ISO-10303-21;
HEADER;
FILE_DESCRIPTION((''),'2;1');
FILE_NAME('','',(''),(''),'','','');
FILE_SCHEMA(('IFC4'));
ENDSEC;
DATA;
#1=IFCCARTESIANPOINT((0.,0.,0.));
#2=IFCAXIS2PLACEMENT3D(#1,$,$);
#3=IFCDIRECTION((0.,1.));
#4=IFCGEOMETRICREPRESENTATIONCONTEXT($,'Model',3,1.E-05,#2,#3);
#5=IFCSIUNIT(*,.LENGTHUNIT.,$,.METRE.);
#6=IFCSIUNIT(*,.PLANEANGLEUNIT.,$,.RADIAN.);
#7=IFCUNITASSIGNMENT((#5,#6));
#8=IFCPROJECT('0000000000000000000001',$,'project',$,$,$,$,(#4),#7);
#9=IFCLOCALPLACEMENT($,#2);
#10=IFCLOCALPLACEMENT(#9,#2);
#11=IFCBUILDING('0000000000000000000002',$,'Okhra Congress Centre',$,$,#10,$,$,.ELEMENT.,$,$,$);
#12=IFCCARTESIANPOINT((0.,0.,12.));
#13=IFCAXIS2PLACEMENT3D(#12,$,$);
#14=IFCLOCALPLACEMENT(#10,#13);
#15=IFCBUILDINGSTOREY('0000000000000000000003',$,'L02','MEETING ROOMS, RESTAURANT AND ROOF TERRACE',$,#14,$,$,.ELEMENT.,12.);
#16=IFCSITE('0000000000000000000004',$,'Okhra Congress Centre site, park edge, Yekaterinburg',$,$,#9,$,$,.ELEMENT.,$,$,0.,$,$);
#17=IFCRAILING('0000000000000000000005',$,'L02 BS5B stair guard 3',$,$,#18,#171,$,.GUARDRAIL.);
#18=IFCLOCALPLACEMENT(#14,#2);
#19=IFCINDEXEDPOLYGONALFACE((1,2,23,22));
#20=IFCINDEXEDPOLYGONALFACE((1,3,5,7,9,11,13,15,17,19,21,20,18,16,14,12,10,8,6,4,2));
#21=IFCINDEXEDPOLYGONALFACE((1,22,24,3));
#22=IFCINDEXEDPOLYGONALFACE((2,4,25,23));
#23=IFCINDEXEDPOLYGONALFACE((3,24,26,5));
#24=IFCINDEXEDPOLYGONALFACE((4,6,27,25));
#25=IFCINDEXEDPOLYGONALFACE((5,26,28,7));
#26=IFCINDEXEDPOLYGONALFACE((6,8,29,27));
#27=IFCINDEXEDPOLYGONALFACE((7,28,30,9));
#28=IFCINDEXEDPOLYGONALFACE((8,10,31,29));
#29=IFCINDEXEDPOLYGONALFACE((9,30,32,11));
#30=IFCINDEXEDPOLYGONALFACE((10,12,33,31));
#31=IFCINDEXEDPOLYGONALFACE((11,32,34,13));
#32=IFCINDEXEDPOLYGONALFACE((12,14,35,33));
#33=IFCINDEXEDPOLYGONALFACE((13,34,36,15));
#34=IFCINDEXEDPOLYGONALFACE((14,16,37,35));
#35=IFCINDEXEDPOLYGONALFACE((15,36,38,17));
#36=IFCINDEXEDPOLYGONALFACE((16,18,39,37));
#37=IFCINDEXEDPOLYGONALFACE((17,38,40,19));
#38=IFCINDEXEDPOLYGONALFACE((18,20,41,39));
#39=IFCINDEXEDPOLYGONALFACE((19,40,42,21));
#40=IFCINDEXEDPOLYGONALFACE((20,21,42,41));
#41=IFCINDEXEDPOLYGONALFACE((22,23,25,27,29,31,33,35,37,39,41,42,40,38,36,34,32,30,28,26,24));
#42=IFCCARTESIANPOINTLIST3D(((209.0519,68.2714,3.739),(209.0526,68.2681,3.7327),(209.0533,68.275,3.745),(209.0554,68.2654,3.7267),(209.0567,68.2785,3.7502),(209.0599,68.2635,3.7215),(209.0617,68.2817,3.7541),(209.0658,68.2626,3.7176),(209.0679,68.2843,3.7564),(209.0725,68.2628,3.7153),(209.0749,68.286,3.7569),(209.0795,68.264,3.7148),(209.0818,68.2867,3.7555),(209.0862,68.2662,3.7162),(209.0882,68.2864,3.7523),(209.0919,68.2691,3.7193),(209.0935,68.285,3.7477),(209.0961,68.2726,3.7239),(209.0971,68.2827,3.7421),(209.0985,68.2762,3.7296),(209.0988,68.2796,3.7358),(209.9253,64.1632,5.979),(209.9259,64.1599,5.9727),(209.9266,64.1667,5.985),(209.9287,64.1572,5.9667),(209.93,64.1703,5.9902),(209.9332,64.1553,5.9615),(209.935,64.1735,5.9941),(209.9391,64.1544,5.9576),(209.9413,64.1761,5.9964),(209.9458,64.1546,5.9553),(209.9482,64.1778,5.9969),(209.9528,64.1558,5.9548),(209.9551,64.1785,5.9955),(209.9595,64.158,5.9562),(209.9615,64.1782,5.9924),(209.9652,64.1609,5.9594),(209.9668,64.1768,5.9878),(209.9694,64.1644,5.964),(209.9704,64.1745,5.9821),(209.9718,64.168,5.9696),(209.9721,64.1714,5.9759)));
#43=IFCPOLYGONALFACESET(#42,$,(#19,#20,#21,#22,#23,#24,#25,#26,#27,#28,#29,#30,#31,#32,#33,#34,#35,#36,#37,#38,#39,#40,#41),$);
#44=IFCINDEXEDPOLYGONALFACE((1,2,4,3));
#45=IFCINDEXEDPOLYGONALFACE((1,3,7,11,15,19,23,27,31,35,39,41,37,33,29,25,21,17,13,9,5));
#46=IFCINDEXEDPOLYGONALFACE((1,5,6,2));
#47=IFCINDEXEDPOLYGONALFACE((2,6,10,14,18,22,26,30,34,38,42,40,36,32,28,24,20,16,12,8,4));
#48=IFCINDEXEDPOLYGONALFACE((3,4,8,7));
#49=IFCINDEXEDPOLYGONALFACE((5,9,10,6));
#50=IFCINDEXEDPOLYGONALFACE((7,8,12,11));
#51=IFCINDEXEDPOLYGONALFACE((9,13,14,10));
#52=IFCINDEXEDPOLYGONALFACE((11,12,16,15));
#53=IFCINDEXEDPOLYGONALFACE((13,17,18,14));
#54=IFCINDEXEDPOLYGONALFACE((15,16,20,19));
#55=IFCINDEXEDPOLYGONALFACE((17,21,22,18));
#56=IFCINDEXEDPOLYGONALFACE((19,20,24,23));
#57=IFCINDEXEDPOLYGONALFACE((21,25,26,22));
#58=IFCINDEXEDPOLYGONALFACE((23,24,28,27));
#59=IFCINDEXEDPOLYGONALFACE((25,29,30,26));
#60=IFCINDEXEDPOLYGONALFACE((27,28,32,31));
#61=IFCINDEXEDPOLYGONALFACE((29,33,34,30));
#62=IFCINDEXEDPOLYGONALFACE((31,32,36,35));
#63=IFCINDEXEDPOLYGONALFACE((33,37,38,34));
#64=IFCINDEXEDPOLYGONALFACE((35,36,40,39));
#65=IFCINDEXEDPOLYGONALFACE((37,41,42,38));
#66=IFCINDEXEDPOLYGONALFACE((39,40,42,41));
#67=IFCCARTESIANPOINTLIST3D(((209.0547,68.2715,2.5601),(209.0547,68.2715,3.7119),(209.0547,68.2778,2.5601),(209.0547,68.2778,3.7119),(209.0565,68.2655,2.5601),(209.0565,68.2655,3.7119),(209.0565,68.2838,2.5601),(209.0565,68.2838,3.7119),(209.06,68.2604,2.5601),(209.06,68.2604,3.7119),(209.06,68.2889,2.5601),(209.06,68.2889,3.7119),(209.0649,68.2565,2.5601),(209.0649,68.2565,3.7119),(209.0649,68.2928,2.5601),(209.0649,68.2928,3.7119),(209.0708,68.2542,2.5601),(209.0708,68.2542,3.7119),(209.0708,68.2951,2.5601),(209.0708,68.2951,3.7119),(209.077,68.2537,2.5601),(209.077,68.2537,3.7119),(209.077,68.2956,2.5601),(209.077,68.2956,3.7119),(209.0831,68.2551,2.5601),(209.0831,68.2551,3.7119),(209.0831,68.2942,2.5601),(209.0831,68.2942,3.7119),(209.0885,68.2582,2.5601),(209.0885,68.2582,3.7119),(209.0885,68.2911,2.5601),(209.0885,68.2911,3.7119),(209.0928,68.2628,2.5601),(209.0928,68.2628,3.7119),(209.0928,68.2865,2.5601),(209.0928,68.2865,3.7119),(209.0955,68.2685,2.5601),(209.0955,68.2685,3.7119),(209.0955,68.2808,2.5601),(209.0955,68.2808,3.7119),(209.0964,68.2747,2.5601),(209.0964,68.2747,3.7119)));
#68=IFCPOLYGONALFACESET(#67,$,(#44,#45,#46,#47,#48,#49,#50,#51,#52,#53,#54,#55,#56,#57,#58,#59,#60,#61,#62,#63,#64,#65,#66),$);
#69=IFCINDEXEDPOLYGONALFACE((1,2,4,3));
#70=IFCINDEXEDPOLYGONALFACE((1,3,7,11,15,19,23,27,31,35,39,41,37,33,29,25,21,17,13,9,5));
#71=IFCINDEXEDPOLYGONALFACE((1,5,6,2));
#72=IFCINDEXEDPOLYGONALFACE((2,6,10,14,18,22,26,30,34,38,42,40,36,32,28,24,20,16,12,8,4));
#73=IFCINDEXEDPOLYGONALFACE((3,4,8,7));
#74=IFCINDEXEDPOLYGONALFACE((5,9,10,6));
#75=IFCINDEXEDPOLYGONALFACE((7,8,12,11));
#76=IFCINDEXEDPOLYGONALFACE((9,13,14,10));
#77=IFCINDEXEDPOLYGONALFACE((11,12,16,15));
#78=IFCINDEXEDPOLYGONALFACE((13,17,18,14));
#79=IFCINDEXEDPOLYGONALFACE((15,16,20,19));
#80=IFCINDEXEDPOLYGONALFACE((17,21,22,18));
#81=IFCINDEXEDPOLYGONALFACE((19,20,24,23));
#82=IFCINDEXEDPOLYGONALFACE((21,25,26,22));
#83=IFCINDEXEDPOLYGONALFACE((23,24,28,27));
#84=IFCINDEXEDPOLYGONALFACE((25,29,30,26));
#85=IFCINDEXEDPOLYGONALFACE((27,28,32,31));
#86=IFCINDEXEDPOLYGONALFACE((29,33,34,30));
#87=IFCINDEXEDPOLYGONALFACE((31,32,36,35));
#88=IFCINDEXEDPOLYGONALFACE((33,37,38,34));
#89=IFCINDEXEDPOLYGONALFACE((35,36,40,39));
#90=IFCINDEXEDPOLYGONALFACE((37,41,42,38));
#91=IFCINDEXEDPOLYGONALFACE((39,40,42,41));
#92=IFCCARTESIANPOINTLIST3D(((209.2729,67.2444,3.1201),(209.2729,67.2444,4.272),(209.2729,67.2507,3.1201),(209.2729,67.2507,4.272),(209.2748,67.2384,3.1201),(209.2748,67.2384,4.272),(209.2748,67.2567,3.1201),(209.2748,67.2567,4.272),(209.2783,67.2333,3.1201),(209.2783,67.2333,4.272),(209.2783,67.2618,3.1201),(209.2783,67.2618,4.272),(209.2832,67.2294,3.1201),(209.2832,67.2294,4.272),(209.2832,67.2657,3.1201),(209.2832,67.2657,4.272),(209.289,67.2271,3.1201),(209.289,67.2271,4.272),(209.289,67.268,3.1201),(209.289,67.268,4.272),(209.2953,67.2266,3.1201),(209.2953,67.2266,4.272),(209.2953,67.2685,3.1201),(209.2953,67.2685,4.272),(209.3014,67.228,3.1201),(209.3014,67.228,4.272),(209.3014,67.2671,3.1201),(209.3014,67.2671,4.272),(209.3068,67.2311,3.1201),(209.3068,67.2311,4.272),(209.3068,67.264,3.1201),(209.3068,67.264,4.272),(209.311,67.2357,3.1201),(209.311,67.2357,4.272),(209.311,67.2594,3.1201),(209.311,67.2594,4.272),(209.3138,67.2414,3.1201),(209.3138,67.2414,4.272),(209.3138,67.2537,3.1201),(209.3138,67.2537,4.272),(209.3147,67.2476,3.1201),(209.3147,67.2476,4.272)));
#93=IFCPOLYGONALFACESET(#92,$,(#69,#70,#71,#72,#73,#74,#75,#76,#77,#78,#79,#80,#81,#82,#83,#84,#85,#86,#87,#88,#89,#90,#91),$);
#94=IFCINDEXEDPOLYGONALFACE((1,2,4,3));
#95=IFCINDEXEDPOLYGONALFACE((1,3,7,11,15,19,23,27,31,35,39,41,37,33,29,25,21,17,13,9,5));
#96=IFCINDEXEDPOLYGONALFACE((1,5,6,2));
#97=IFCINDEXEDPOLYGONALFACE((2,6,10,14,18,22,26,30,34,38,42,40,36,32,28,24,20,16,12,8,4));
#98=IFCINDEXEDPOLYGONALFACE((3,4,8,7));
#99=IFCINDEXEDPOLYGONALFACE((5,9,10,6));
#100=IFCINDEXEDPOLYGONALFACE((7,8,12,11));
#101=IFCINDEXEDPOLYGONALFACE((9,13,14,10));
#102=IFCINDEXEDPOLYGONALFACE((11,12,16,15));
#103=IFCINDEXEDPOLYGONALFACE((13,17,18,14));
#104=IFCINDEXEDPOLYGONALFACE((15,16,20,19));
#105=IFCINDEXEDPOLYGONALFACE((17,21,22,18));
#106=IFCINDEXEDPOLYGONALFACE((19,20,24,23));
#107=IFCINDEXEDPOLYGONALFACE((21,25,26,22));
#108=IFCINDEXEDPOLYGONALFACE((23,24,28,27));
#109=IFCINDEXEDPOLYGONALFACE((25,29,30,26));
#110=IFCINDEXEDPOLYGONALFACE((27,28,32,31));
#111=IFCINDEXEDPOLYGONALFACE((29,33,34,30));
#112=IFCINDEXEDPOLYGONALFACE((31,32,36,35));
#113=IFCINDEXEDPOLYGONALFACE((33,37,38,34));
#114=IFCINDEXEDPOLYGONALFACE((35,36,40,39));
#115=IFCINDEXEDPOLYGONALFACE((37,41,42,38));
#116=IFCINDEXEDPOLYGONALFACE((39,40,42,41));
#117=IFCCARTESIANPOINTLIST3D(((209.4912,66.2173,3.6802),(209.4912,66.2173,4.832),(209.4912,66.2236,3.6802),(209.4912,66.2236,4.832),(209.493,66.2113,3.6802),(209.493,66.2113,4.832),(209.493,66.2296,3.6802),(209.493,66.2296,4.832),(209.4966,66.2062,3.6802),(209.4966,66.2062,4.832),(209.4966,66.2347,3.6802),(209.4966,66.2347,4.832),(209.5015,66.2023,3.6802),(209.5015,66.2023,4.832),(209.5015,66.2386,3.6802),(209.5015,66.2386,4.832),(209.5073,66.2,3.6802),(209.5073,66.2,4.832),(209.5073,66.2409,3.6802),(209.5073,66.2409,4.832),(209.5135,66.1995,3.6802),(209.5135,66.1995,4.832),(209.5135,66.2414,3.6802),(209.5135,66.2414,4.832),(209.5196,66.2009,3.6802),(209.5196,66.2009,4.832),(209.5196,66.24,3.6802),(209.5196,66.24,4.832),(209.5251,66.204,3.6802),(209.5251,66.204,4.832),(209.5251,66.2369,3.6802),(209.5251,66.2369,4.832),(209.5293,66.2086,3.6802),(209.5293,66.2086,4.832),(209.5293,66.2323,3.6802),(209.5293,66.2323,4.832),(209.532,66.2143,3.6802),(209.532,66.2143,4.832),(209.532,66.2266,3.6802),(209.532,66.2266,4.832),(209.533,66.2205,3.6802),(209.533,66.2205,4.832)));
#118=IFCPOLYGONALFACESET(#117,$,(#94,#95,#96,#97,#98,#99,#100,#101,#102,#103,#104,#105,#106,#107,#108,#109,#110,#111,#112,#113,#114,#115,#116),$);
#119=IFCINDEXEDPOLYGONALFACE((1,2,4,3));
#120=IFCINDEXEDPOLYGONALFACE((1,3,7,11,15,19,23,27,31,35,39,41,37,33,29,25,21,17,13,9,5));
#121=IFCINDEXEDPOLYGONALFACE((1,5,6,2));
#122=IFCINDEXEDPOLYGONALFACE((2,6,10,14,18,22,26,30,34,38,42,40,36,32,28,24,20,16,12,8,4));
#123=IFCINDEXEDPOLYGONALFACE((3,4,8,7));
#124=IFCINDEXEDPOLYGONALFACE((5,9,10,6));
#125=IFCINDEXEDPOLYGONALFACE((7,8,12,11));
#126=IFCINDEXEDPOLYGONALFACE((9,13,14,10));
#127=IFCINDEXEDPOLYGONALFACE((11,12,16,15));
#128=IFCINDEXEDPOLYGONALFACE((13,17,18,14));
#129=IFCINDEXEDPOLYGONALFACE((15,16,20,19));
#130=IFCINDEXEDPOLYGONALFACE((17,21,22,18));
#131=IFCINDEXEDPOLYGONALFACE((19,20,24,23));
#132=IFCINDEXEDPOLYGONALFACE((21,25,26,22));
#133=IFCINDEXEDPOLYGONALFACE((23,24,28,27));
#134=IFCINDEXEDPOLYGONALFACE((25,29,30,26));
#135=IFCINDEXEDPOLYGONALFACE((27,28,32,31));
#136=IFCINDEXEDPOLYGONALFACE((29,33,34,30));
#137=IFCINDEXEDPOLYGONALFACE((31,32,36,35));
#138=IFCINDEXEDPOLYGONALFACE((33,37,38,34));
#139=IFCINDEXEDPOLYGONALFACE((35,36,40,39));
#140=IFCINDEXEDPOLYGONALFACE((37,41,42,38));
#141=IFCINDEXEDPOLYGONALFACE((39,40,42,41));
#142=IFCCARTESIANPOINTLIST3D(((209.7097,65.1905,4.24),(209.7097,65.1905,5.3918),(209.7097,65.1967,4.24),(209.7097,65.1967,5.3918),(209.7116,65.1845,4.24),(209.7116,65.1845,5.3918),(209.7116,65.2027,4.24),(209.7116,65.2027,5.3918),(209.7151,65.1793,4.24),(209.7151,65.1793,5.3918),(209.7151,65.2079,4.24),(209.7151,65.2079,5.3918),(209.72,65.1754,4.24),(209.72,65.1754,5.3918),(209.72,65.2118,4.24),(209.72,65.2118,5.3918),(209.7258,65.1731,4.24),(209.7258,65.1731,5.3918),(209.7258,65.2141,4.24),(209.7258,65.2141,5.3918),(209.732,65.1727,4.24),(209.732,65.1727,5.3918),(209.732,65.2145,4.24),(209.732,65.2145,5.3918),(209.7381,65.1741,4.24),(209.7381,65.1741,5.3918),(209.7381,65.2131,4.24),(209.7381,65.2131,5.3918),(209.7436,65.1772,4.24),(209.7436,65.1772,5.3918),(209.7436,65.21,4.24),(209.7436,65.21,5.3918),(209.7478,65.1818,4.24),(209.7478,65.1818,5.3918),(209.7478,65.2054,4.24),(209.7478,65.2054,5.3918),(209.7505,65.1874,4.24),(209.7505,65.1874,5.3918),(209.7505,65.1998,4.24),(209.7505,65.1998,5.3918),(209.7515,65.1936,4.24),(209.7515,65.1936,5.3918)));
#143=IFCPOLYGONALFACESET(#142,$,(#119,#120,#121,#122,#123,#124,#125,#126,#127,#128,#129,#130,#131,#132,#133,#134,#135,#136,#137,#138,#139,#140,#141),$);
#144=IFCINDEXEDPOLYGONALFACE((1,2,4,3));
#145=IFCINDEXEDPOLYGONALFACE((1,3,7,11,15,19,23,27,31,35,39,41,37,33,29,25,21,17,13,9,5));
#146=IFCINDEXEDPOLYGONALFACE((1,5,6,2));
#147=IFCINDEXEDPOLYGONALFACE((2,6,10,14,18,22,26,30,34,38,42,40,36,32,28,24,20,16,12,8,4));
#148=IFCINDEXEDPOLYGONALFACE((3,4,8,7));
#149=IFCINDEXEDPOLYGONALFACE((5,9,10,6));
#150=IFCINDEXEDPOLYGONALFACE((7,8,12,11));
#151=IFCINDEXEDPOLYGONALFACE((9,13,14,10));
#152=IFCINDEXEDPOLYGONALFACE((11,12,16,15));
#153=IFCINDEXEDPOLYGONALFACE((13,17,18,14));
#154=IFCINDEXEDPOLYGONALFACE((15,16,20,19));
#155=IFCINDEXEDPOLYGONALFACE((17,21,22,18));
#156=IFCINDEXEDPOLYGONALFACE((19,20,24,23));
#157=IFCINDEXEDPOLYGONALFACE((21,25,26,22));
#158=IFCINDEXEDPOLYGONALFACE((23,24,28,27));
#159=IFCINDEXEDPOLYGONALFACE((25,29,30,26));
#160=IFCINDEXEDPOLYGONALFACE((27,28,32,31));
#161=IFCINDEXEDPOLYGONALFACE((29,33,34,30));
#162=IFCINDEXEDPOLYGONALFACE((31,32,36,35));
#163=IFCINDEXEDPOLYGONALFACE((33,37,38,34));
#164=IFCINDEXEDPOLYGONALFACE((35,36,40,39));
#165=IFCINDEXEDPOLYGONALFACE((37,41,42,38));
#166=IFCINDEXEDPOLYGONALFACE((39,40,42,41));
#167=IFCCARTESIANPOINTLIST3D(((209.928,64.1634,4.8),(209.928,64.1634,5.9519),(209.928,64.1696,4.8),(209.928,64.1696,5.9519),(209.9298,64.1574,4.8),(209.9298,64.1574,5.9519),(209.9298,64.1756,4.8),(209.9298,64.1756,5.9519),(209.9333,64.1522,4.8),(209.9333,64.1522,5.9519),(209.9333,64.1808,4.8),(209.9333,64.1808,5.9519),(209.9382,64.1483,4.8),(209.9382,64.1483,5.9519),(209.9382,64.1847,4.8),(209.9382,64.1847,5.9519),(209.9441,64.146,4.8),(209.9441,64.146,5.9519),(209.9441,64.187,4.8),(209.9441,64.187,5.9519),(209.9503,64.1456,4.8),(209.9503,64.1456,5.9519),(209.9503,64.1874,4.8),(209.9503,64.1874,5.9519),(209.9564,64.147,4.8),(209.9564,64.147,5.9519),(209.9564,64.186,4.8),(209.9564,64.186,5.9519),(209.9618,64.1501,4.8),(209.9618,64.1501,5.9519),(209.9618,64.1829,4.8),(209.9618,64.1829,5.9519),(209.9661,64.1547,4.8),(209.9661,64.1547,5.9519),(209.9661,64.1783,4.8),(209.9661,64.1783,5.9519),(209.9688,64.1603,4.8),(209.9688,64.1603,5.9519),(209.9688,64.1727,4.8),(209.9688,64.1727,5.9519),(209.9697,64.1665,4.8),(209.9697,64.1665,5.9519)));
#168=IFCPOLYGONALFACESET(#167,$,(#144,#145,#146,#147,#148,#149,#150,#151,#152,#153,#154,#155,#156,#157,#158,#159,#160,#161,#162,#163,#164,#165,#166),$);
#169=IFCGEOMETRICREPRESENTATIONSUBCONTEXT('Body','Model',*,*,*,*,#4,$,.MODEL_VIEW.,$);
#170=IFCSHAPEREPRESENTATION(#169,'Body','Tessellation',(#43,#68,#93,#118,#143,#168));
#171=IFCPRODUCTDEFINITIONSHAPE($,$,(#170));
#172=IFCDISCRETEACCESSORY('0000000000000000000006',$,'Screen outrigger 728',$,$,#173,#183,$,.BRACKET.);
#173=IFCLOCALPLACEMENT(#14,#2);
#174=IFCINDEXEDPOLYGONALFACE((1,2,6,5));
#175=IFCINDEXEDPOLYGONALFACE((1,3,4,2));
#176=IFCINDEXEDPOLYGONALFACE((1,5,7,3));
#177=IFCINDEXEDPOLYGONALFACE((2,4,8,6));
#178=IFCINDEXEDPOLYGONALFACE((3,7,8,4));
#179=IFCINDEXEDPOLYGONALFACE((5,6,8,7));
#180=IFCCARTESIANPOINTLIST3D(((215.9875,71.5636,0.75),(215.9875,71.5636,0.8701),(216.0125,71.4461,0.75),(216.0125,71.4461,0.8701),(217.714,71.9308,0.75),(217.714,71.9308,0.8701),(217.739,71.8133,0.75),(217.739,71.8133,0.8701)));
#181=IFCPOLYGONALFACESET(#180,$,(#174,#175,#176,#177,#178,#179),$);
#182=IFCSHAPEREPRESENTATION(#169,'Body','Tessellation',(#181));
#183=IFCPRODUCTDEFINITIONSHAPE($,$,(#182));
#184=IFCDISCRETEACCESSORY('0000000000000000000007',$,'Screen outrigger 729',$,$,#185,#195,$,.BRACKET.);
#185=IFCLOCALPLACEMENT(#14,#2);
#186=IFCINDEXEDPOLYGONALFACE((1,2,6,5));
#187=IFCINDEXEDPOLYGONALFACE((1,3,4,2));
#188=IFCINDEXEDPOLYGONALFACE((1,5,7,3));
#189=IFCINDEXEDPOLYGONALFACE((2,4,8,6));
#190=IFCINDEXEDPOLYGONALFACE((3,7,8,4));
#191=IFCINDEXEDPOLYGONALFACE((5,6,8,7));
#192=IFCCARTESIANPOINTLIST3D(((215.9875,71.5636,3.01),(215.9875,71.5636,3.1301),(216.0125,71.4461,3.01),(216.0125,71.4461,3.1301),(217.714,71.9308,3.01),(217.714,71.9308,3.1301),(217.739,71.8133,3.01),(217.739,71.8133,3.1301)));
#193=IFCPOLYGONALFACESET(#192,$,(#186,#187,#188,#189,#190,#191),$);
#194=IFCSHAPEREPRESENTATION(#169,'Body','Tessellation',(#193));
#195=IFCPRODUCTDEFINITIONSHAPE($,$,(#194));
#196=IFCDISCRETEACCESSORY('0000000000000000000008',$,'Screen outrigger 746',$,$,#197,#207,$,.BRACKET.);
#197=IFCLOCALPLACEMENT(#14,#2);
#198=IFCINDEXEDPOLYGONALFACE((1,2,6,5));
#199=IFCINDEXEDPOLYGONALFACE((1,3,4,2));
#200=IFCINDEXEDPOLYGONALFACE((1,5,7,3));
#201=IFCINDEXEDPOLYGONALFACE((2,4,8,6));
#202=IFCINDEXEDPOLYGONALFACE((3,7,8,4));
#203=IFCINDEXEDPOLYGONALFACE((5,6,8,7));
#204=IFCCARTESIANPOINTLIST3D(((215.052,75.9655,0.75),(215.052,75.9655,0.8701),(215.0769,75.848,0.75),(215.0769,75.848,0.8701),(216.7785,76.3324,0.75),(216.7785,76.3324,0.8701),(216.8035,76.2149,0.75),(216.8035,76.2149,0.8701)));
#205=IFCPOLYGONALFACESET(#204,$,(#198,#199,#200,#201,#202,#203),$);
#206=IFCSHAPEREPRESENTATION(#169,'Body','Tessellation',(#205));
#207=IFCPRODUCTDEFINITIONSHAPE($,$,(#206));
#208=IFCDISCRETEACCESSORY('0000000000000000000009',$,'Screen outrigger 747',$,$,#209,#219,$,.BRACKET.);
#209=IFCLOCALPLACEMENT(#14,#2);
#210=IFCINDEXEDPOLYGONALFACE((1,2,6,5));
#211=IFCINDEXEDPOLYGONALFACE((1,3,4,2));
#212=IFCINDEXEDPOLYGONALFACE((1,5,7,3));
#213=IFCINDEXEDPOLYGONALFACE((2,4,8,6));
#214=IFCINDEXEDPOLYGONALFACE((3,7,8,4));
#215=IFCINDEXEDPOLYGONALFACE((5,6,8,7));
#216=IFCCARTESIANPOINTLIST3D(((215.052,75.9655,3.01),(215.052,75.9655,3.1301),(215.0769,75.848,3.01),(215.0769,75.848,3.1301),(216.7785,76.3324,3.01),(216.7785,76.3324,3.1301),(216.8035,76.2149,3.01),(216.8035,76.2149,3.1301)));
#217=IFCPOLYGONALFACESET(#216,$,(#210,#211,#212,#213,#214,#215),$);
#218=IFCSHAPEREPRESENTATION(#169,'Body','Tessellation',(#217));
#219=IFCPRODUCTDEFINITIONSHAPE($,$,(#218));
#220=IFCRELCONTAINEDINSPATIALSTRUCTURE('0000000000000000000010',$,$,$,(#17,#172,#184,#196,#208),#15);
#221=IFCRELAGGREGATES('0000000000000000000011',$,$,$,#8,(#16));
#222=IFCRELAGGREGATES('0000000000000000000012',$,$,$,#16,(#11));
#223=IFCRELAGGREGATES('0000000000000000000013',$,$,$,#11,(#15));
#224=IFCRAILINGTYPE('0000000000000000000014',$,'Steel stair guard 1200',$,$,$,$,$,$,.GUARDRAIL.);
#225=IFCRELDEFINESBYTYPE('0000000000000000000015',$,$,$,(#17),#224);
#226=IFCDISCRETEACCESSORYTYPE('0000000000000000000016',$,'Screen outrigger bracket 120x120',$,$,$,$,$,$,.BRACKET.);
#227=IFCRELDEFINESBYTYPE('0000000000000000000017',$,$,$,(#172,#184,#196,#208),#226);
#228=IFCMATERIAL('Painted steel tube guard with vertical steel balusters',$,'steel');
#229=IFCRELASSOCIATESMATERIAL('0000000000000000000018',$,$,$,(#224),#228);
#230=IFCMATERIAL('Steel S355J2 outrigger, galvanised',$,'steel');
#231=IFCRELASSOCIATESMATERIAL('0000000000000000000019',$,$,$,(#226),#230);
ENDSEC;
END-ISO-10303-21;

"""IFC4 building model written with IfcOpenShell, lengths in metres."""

from ifc_helpers import new_model, si_unit, direction, frame, origin, origin_2d, place, context, subcontext, project, spatial, rectangle, circle, extrude, material, material_profile, profile_set, type_object, element, save


model = new_model("IFC4")

# Units and contexts
model_context = context("Model", 3, precision=1e-05, world=origin(), true_north=direction((0.0, 1.0)))
body_context = subcontext(model_context, "Body", "Model", "MODEL_VIEW")
ifc_project = project(units=[si_unit("LENGTHUNIT", "METRE"), si_unit("PLANEANGLEUNIT", "RADIAN")], contexts=[model_context])

# Site, building, storey
site_placement = place(None, origin())
site = spatial("IfcSite", under=ifc_project, at=site_placement, Name="Okhra Congress Centre site, park edge, Yekaterinburg", CompositionType="ELEMENT", RefElevation=0.0)
building_placement = place(site_placement, origin())
building = spatial("IfcBuilding", under=site, at=building_placement, Name="Okhra Congress Centre", CompositionType="ELEMENT")
storey_placement = place(building_placement, frame((0.0, 0.0, 12.0)))
storey = spatial("IfcBuildingStorey", under=building, at=storey_placement, Name="L02", Description="MEETING ROOMS, RESTAURANT AND ROOF TERRACE", CompositionType="ELEMENT", Elevation=12.0)

# Railing
ifc_material_1 = material(Name="Painted steel tube guard with vertical steel balusters", Category="steel")
railing_type = type_object("IfcRailingType", Name="Steel stair guard 1200", PredefinedType="GUARDRAIL", material=ifc_material_1)
railing_1_placement = place(storey_placement, frame((209.0754, 68.2747, 2.5601)))
element("IfcRailing", 1, at=railing_1_placement, inside=storey, type_object=railing_type, Name="L02 BS5B stair guard 3", PredefinedType="GUARDRAIL", context=body_context, shape_type="SweptSolid", body=[
    extrude(circle(Radius=0.0239, at=origin_2d()), frame((0.0, 0.0, 1.1758), z_axis=(0.183466, -0.863067, 0.470591), x_axis=(0.978144, 0.207929, 0.0)), (0.0, 0.0, 1.0), 4.76),
    extrude(circle(Radius=0.021, at=origin_2d()), origin(), (0.0, 0.0, 1.0), 1.1519),
    extrude(circle(Radius=0.021, at=origin_2d()), frame((0.2183, -1.0271, 0.5601)), (0.0, 0.0, 1.0), 1.1519),
    extrude(circle(Radius=0.021, at=origin_2d()), frame((0.4365, -2.0542, 1.1201)), (0.0, 0.0, 1.0), 1.1519),
    extrude(circle(Radius=0.021, at=origin_2d()), frame((0.655, -3.0811, 1.6799)), (0.0, 0.0, 1.0), 1.1519),
    extrude(circle(Radius=0.021, at=origin_2d()), frame((0.8733, -4.1082, 2.24)), (0.0, 0.0, 1.0), 1.1519),
])

# Discrete accessories
ifc_material_2 = material(Name="Steel S355J2 outrigger, galvanised", Category="steel")
ifc_material_profile_1 = material_profile(ifc_material_2, rectangle(XDim=0.1201, YDim=0.1201, at=origin_2d()), Name="Screen outrigger bracket 120x120")
ifc_profile_set_1 = profile_set([ifc_material_profile_1], Name="Steel S355J2 outrigger, galvanised")
discrete_accessory_type = type_object("IfcDiscreteAccessoryType", Name="Screen outrigger bracket 120x120", PredefinedType="BRACKET", material=ifc_profile_set_1)
for number, where, z_axis, x_axis, name in (
    (2, (216.0, 71.5049, 0.8101), (0.978125, 0.208018, 0.0), (-0.208018, 0.978125, 0.0), "Screen outrigger 728"),
    (3, (216.0, 71.5049, 3.0701), (0.978125, 0.208018, 0.0), (-0.208018, 0.978125, 0.0), "Screen outrigger 729"),
    (4, (215.0645, 75.9067, 0.8101), (0.978153, 0.207885, 0.0), (-0.207885, 0.978153, 0.0), "Screen outrigger 746"),
    (5, (215.0645, 75.9067, 3.0701), (0.978153, 0.207885, 0.0), (-0.207885, 0.978153, 0.0), "Screen outrigger 747"),
):
    element("IfcDiscreteAccessory", number, at=place(storey_placement, frame(where, z_axis=z_axis, x_axis=x_axis)), inside=storey, type_object=discrete_accessory_type, Name=name, PredefinedType="BRACKET", context=body_context, shape_type="SweptSolid", body=[
        extrude(rectangle(XDim=0.1201, YDim=0.1201, at=origin_2d()), origin(), (0.0, 0.0, 1.0), 1.7651),
    ])

save(model, "model.ifc")
